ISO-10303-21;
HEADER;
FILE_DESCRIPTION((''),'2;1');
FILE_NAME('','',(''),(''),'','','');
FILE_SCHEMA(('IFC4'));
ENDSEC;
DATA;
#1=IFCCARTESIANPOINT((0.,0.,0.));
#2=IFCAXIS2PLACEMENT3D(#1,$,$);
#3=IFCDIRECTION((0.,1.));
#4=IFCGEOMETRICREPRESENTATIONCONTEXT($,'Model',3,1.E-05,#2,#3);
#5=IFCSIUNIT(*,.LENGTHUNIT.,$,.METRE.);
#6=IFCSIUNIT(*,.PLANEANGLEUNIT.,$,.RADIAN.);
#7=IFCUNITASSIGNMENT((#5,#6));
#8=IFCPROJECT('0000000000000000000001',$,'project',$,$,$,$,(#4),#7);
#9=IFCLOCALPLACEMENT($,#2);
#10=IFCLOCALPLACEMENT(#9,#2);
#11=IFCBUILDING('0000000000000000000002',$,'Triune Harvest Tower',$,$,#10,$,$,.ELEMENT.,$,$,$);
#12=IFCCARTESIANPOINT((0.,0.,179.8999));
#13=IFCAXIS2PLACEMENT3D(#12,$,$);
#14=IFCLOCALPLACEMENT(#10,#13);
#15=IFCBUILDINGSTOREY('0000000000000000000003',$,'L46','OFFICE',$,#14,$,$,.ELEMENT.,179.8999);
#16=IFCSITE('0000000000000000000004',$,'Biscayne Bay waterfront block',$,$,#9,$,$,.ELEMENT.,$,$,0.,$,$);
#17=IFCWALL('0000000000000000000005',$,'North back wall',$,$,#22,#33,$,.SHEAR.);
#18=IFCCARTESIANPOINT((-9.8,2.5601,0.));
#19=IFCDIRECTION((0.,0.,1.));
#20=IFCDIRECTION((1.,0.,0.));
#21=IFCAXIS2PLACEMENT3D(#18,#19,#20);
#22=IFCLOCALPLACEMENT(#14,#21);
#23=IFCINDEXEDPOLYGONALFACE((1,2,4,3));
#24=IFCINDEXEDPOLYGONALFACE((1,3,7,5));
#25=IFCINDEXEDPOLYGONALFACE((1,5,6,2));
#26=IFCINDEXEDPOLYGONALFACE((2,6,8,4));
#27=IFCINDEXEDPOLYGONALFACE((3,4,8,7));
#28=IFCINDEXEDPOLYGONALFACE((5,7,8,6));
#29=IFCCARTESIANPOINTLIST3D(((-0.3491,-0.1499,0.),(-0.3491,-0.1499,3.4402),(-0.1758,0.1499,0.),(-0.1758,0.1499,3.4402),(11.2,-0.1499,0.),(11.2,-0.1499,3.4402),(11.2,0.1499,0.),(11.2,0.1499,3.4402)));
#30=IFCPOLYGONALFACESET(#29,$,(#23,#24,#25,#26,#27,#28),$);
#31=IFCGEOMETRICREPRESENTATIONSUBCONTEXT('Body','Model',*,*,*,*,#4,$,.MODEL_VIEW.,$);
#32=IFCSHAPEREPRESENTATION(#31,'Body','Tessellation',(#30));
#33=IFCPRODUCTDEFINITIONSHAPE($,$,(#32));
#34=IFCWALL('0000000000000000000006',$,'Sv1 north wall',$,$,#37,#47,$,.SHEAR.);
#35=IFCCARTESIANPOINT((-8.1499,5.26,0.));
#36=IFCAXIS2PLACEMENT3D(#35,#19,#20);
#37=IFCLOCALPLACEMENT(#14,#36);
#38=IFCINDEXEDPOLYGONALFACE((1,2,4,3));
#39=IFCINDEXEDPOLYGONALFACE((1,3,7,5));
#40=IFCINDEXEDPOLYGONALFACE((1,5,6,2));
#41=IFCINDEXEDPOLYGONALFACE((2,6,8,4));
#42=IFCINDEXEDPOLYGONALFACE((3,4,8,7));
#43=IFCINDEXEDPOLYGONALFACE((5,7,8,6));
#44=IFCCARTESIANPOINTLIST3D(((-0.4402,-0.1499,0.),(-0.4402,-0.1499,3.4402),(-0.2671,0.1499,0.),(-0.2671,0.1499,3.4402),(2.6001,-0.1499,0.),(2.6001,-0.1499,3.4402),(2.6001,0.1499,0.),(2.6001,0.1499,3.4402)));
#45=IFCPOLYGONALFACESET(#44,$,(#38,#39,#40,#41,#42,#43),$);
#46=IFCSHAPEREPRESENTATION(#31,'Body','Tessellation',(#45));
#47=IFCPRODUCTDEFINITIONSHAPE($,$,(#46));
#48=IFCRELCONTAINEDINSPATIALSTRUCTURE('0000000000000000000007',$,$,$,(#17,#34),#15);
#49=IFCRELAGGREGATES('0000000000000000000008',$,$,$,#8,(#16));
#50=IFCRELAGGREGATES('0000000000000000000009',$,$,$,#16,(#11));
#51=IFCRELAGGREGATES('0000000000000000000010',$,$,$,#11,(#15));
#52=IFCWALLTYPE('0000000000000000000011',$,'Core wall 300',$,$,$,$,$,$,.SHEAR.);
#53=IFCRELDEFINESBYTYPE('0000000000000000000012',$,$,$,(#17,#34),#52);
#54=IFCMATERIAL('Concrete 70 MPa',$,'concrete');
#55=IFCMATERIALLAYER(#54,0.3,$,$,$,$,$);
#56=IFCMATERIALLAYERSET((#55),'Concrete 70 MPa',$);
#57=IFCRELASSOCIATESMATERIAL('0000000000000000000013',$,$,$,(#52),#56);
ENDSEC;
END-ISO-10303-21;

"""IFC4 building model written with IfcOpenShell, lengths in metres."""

from ifc_helpers import new_model, si_unit, direction, frame, origin, place, context, subcontext, project, spatial, polyline, outline, extrude, source, transform, mapped, material, layer, layer_set, type_object, element, save


model = new_model("IFC4")

# Units and contexts
model_context = context("Model", 3, precision=1e-05, world=origin(), true_north=direction((0.0, 1.0)))
body_context = subcontext(model_context, "Body", "Model", "MODEL_VIEW")
ifc_project = project(units=[si_unit("LENGTHUNIT", "METRE"), si_unit("PLANEANGLEUNIT", "RADIAN")], contexts=[model_context])

# Site, building, storey
site_placement = place(None, origin())
site = spatial("IfcSite", under=ifc_project, at=site_placement, Name="Biscayne Bay waterfront block", CompositionType="ELEMENT", RefElevation=0.0)
building_placement = place(site_placement, origin())
building = spatial("IfcBuilding", under=site, at=building_placement, Name="Triune Harvest Tower", CompositionType="ELEMENT")
storey_placement = place(building_placement, frame((0.0, 0.0, 179.8999)))
storey = spatial("IfcBuildingStorey", under=building, at=storey_placement, Name="L46", Description="OFFICE", CompositionType="ELEMENT", Elevation=179.8999)

# Shared definitions
ifc_material_1 = material(Name="Concrete 70 MPa", Category="concrete")
ifc_layer_1 = layer(ifc_material_1, 0.3)
ifc_layer_set_1 = layer_set([ifc_layer_1], Name="Concrete 70 MPa")
wall_type_1 = type_object("IfcWallType", Name="Core wall 300", PredefinedType="SHEAR", material=ifc_layer_set_1)

# Walls
shared_shape_1 = source(origin(), body_context, "Body", "SweptSolid", [
    extrude(outline(polyline([(11.2, -0.1499), (-0.3491, -0.1499), (-0.1758, 0.1499), (11.2, 0.1499), (11.2, -0.1499)])), origin(), (0.0, 0.0, 1.0), 3.4402),
])
wall_1_placement = place(storey_placement, frame((-9.8, 2.5601, 0.0), z_axis=(0.0, 0.0, 1.0), x_axis=(1.0, 0.0, 0.0)))
element("IfcWall", 1, at=wall_1_placement, inside=storey, type_object=wall_type_1, Name="North back wall", PredefinedType="SHEAR", context=body_context, shape_type="MappedRepresentation", body=[
    mapped(shared_shape_1, transform((0.0, 0.0, 0.0), scale=1.0)),
])
shared_shape_2 = source(origin(), body_context, "Body", "SweptSolid", [
    extrude(outline(polyline([(2.6001, -0.1499), (-0.4402, -0.1499), (-0.2671, 0.1499), (2.6001, 0.1499), (2.6001, -0.1499)])), origin(), (0.0, 0.0, 1.0), 3.4402),
])
wall_2_placement = place(storey_placement, frame((-8.1499, 5.26, 0.0), z_axis=(0.0, 0.0, 1.0), x_axis=(1.0, 0.0, 0.0)))
element("IfcWall", 2, at=wall_2_placement, inside=storey, type_object=wall_type_1, Name="Sv1 north wall", PredefinedType="SHEAR", context=body_context, shape_type="MappedRepresentation", body=[
    mapped(shared_shape_2, transform((0.0, 0.0, 0.0), scale=1.0)),
])

save(model, "model.ifc")
